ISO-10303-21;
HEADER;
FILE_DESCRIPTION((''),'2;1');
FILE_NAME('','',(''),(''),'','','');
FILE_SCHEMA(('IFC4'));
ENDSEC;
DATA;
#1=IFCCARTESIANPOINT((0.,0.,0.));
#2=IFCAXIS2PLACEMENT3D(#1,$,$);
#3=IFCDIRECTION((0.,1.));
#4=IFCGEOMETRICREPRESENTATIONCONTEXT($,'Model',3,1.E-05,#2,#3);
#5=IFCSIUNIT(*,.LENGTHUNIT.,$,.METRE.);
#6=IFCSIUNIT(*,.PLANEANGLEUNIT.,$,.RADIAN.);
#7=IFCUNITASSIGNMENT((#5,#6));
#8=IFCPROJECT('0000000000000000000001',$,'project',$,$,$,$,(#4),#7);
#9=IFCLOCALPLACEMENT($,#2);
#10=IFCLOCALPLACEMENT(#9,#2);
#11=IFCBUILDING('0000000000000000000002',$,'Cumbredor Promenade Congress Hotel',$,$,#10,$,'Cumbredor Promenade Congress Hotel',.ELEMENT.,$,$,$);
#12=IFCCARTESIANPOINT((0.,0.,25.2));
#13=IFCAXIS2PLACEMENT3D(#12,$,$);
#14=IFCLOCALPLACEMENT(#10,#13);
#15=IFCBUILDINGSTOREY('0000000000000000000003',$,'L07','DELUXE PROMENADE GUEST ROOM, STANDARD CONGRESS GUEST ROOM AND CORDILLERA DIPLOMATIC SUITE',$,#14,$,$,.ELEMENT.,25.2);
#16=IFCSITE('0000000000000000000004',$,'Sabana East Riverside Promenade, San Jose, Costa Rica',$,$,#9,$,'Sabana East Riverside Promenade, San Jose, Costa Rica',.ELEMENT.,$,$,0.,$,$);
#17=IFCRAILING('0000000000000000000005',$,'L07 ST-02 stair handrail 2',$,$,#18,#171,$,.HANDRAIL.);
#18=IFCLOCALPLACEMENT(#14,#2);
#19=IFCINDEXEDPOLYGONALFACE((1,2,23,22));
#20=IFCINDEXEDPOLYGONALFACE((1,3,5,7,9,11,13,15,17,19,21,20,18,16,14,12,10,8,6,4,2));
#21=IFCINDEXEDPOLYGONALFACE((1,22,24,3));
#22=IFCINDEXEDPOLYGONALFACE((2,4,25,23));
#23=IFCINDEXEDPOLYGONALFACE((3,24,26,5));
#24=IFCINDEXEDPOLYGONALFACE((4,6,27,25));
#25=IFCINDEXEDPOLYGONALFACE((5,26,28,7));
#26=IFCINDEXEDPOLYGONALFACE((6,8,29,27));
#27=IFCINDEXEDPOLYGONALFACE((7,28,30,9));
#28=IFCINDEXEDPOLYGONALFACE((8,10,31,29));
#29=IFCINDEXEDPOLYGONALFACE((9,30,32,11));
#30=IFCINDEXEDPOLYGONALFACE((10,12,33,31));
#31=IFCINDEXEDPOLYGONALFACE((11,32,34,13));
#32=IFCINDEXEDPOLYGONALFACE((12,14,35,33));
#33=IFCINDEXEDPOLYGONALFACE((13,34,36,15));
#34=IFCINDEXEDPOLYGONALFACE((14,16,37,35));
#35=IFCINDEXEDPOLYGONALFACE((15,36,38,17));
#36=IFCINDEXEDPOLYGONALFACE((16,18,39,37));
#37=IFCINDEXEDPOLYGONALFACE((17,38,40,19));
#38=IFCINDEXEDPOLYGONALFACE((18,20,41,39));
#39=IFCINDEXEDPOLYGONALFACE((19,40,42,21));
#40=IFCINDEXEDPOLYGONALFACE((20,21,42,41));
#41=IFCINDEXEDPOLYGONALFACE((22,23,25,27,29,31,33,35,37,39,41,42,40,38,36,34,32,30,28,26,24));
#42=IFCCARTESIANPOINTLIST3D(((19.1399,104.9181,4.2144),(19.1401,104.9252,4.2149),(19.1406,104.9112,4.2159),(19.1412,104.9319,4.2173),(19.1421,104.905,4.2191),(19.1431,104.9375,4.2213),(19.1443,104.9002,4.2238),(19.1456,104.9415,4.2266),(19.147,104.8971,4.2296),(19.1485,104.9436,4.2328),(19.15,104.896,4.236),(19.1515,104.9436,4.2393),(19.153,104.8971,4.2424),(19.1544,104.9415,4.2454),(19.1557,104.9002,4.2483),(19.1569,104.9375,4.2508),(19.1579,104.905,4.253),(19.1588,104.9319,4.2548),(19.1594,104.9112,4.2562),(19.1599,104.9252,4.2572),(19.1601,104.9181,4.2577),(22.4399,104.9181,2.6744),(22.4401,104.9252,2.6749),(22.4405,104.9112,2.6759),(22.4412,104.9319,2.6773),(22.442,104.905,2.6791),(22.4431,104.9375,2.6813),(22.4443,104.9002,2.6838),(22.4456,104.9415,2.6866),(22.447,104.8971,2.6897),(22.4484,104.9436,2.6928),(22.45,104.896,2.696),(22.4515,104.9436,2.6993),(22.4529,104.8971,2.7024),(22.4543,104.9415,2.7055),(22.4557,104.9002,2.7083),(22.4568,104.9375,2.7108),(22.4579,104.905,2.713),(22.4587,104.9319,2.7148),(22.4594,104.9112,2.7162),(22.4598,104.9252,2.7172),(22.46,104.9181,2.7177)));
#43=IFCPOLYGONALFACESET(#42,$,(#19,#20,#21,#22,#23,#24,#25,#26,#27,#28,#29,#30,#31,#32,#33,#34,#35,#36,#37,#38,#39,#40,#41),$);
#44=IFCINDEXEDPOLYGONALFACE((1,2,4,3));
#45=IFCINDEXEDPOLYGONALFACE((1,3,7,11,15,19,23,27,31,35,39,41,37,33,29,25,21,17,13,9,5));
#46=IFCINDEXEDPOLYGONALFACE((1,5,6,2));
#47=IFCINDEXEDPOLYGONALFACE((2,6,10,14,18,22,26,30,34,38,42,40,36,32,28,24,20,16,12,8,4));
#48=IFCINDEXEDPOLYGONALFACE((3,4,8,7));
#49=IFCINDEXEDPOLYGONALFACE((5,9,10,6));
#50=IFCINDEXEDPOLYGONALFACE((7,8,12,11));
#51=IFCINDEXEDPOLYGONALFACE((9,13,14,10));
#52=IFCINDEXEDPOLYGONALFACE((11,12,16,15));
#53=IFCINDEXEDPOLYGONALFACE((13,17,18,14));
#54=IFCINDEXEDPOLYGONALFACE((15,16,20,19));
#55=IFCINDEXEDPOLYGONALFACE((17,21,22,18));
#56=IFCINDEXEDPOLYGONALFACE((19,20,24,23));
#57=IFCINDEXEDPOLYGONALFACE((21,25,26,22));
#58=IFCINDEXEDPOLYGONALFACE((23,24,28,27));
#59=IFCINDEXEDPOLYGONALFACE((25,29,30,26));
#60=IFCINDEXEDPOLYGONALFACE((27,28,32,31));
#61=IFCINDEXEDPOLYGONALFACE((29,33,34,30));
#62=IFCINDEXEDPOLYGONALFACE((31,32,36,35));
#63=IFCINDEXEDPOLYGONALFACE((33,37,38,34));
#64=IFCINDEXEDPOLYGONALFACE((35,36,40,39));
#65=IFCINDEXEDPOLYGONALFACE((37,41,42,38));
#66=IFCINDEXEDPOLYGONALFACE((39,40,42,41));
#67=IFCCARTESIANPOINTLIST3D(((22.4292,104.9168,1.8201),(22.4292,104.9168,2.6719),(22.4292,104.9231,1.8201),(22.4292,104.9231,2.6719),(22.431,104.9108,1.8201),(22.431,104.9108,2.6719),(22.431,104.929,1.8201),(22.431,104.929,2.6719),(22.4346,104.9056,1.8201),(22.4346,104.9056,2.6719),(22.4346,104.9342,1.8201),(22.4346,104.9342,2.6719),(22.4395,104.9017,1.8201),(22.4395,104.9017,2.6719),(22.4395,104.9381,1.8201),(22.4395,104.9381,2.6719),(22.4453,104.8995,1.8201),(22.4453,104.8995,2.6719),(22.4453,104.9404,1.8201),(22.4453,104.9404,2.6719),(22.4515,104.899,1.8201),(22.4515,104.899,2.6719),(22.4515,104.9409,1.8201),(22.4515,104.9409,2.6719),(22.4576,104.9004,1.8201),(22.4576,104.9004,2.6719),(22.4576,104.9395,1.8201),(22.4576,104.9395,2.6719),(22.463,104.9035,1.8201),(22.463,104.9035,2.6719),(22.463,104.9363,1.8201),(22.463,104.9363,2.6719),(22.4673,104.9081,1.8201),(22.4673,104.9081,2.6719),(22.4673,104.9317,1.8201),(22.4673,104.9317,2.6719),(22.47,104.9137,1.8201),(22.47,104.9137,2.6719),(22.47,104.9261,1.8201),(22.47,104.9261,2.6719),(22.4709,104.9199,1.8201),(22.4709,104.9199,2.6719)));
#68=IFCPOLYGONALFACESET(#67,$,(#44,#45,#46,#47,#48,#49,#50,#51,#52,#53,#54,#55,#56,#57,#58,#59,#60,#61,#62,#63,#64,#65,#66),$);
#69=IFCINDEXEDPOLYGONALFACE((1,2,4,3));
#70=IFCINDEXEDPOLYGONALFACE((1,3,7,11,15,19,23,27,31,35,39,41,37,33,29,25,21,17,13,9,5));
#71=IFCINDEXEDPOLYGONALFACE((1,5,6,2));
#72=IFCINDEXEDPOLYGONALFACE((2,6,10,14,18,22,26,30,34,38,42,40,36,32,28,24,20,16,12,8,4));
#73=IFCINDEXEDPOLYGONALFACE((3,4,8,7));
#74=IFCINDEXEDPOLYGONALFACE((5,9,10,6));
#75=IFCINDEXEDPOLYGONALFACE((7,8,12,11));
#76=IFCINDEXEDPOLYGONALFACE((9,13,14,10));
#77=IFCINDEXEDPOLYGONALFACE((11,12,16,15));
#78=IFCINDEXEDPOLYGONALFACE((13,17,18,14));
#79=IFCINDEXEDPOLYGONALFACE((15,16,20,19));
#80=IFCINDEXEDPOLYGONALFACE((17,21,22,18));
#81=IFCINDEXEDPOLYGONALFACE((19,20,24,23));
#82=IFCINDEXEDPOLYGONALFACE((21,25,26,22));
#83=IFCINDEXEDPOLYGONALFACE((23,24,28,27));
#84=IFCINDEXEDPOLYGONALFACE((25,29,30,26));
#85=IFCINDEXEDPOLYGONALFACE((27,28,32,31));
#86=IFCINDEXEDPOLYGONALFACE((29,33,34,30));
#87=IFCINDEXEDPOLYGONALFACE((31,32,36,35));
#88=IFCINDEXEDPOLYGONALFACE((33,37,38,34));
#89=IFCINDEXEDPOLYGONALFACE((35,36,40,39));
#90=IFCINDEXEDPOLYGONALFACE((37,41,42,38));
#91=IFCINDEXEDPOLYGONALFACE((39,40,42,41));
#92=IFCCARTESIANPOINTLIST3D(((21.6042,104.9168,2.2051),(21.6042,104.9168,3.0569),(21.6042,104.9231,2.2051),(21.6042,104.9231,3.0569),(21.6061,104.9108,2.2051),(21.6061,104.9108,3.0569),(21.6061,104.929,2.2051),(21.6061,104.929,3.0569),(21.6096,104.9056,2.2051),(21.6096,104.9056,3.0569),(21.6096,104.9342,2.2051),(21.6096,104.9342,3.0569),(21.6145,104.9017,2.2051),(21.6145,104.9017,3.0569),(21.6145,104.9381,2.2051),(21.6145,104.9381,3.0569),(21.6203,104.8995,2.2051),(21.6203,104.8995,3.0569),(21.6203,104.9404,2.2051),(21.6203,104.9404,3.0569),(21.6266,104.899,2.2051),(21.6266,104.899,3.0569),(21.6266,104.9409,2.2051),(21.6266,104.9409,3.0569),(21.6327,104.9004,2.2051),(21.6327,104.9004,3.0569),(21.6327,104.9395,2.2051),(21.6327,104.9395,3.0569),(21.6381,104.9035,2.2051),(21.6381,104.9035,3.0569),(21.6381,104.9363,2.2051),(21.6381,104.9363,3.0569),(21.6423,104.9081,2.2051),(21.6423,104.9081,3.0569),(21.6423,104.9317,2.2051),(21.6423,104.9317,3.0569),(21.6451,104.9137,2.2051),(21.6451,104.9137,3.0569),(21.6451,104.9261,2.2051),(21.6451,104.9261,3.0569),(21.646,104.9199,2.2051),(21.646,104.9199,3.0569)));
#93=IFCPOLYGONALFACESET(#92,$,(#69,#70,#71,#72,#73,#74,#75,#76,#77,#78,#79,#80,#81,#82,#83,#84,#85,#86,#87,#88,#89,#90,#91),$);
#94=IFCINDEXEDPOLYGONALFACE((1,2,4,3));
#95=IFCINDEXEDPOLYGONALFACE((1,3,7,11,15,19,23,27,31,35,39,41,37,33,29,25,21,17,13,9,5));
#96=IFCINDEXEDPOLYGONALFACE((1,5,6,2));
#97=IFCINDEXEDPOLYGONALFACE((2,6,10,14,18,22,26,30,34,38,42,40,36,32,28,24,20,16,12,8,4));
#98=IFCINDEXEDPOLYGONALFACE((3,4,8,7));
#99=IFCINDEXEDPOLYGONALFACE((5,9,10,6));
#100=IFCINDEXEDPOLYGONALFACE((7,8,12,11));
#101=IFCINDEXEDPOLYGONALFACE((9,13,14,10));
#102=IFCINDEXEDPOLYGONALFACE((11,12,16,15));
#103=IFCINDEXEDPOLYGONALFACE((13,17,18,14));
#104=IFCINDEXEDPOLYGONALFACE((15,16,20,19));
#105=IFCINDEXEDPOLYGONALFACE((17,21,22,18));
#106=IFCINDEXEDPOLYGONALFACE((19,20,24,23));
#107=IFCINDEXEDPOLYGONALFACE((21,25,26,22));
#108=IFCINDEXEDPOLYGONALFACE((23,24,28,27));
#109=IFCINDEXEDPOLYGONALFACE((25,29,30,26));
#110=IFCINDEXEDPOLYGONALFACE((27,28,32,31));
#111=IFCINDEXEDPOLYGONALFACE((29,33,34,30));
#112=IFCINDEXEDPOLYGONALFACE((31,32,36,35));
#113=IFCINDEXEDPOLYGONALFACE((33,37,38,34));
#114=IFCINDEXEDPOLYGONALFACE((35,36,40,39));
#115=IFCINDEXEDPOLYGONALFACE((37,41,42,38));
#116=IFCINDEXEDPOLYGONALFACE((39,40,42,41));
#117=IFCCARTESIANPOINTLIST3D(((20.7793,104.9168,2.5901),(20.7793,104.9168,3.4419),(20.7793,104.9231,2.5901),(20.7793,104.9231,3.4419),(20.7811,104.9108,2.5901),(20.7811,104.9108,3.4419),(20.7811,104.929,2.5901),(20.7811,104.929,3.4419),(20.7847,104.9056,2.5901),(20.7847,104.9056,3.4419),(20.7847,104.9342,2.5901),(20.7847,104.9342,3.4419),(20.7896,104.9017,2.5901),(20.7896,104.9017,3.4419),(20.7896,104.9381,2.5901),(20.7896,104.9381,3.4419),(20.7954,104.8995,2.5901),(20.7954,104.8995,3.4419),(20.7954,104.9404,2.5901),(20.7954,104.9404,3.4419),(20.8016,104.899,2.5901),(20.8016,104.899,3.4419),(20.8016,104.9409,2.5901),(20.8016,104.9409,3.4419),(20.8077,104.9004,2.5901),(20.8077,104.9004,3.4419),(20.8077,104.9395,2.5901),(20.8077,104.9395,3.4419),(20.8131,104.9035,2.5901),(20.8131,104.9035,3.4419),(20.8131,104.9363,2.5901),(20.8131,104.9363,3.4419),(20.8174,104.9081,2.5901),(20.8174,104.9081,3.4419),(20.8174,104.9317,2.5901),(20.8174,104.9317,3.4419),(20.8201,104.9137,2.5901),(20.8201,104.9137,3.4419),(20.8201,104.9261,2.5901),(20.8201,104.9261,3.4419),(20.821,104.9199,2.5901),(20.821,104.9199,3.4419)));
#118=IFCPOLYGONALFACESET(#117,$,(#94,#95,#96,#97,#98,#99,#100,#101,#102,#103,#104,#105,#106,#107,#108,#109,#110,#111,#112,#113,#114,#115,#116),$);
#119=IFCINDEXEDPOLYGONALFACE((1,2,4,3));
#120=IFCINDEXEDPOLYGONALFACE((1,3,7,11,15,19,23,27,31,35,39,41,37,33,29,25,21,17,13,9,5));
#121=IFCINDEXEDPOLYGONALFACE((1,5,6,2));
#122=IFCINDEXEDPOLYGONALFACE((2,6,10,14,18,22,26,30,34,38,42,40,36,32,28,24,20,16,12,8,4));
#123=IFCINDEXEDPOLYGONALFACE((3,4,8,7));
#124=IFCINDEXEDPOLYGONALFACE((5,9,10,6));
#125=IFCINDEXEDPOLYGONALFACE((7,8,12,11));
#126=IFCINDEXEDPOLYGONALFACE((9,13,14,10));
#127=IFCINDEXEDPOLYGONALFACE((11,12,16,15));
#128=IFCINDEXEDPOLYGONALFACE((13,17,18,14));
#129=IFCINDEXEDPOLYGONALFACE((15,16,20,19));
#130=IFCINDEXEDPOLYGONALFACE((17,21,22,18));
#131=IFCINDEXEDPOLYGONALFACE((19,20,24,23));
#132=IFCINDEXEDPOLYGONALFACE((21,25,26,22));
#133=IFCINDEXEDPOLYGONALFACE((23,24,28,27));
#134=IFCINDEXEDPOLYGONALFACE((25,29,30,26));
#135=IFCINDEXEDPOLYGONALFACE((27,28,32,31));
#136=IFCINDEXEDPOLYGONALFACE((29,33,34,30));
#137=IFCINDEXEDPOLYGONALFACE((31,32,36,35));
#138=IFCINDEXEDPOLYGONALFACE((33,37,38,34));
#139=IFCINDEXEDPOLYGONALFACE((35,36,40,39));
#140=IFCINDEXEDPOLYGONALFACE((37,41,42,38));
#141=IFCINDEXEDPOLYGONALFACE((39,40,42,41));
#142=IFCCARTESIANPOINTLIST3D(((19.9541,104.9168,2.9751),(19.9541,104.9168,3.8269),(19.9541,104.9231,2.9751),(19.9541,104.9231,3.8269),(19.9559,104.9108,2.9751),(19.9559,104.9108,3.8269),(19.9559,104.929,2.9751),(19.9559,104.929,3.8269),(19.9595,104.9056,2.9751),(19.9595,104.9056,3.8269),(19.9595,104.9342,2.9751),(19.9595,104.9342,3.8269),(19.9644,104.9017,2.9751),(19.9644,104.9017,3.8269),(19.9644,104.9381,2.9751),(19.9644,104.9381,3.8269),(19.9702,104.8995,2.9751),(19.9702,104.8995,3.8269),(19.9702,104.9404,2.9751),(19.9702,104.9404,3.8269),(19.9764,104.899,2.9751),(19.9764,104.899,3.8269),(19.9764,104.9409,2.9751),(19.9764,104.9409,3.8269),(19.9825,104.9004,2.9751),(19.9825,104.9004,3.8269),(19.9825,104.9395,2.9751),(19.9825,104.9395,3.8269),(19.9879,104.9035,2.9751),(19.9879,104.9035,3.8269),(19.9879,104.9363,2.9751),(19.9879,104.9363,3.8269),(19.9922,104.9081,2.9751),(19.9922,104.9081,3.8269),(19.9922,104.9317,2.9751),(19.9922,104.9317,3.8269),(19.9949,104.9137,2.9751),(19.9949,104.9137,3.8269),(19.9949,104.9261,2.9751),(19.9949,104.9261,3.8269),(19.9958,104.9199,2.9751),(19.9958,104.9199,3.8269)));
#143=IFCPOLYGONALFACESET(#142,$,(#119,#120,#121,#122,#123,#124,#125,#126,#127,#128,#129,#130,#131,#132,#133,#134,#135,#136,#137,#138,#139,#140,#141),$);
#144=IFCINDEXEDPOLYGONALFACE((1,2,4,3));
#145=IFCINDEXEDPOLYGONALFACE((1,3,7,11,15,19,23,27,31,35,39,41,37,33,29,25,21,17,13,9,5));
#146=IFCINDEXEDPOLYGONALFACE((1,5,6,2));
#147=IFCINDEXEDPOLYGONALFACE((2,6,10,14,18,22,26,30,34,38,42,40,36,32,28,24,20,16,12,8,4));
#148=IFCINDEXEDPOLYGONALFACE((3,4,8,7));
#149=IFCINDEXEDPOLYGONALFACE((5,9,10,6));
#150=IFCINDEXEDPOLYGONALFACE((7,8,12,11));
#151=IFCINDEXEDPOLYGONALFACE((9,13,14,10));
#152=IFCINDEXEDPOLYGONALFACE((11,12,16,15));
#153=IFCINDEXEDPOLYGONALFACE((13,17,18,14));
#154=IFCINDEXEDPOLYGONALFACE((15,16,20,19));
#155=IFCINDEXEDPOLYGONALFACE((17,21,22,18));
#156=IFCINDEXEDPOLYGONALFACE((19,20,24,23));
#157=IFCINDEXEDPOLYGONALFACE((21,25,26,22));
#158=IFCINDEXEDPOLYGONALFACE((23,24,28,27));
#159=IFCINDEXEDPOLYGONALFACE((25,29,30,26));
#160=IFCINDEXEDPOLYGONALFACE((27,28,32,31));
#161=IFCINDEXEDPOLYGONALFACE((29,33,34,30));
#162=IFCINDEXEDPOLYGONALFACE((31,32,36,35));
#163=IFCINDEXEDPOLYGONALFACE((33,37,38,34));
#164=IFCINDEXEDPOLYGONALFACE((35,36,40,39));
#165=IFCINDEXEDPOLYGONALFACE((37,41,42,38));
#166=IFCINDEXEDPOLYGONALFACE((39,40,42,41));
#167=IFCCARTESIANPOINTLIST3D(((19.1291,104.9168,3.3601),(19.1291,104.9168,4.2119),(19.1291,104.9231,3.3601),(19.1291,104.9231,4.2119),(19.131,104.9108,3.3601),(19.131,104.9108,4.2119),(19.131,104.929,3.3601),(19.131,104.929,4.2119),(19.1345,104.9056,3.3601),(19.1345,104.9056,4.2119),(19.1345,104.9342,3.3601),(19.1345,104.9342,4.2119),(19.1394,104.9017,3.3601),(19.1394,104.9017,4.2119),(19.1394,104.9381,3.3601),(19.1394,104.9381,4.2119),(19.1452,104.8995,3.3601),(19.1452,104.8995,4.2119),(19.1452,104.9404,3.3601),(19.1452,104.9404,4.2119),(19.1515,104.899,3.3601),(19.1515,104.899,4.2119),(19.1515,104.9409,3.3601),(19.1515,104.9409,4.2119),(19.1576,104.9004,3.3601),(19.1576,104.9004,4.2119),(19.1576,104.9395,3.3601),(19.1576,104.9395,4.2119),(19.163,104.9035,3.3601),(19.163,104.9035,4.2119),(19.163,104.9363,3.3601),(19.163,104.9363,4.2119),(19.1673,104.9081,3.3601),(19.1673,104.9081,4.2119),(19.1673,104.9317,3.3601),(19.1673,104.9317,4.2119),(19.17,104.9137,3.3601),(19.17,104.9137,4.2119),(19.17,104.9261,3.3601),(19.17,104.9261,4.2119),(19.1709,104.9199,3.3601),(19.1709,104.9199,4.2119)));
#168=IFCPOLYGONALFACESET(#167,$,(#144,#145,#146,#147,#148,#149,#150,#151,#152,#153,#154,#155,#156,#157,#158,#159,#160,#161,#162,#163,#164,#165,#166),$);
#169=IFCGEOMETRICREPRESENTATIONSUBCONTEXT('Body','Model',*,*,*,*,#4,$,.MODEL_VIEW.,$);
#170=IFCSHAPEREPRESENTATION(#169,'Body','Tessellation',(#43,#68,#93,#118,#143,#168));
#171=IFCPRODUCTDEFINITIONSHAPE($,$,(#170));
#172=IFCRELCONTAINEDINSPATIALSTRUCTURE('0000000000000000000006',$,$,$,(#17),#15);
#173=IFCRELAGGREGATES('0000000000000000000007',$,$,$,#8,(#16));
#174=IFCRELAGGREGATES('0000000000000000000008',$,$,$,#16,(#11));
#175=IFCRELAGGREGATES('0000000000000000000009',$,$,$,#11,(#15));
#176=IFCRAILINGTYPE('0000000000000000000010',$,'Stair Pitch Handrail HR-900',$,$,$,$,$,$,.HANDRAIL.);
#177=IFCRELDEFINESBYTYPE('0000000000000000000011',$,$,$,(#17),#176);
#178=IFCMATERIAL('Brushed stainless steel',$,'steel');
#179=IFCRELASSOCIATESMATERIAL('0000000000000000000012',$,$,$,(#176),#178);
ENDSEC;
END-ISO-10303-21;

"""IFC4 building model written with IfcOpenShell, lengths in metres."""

from ifc_helpers import new_model, si_unit, direction, frame, origin, origin_2d, place, context, subcontext, project, spatial, circle, extrude, material, type_object, element, save


model = new_model("IFC4")

# Units and contexts
model_context = context("Model", 3, precision=1e-05, world=origin(), true_north=direction((0.0, 1.0)))
body_context = subcontext(model_context, "Body", "Model", "MODEL_VIEW")
ifc_project = project(units=[si_unit("LENGTHUNIT", "METRE"), si_unit("PLANEANGLEUNIT", "RADIAN")], contexts=[model_context])

# Site, building, storey
site_placement = place(None, origin())
site = spatial("IfcSite", under=ifc_project, at=site_placement, Name="Sabana East Riverside Promenade, San Jose, Costa Rica", LongName="Sabana East Riverside Promenade, San Jose, Costa Rica", CompositionType="ELEMENT", RefElevation=0.0)
building_placement = place(site_placement, origin())
building = spatial("IfcBuilding", under=site, at=building_placement, Name="Cumbredor Promenade Congress Hotel", LongName="Cumbredor Promenade Congress Hotel", CompositionType="ELEMENT")
storey_placement = place(building_placement, frame((0.0, 0.0, 25.2)))
storey = spatial("IfcBuildingStorey", under=building, at=storey_placement, Name="L07", Description="DELUXE PROMENADE GUEST ROOM, STANDARD CONGRESS GUEST ROOM AND CORDILLERA DIPLOMATIC SUITE", CompositionType="ELEMENT", Elevation=25.2)

# Railing
ifc_material_1 = material(Name="Brushed stainless steel", Category="steel")
railing_type_1 = type_object("IfcRailingType", Name="Stair Pitch Handrail HR-900", PredefinedType="HANDRAIL", material=ifc_material_1)
railing_1_placement = place(storey_placement, frame((22.45, 104.9199, 1.8201)))
element("IfcRailing", 1, at=railing_1_placement, inside=storey, type_object=railing_type_1, Name="L07 ST-02 stair handrail 2", PredefinedType="HANDRAIL", context=body_context, shape_type="SweptSolid", body=[
    extrude(circle(Radius=0.0239, at=origin_2d()), frame((0.0, 0.0, 0.876), z_axis=(-0.906181, 0.0, 0.422889), x_axis=(0.0, -1.0, 0.0)), (0.0, 0.0, 1.0), 3.6416),
    extrude(circle(Radius=0.021, at=origin_2d()), origin(), (0.0, 0.0, 1.0), 0.8518),
    extrude(circle(Radius=0.021, at=origin_2d()), frame((-0.825, 0.0, 0.385)), (0.0, 0.0, 1.0), 0.8518),
    extrude(circle(Radius=0.021, at=origin_2d()), frame((-1.6499, 0.0, 0.77)), (0.0, 0.0, 1.0), 0.8518),
    extrude(circle(Radius=0.021, at=origin_2d()), frame((-2.4751, 0.0, 1.155)), (0.0, 0.0, 1.0), 0.8518),
    extrude(circle(Radius=0.021, at=origin_2d()), frame((-3.3, 0.0, 1.54)), (0.0, 0.0, 1.0), 0.8518),
])

save(model, "model.ifc")
